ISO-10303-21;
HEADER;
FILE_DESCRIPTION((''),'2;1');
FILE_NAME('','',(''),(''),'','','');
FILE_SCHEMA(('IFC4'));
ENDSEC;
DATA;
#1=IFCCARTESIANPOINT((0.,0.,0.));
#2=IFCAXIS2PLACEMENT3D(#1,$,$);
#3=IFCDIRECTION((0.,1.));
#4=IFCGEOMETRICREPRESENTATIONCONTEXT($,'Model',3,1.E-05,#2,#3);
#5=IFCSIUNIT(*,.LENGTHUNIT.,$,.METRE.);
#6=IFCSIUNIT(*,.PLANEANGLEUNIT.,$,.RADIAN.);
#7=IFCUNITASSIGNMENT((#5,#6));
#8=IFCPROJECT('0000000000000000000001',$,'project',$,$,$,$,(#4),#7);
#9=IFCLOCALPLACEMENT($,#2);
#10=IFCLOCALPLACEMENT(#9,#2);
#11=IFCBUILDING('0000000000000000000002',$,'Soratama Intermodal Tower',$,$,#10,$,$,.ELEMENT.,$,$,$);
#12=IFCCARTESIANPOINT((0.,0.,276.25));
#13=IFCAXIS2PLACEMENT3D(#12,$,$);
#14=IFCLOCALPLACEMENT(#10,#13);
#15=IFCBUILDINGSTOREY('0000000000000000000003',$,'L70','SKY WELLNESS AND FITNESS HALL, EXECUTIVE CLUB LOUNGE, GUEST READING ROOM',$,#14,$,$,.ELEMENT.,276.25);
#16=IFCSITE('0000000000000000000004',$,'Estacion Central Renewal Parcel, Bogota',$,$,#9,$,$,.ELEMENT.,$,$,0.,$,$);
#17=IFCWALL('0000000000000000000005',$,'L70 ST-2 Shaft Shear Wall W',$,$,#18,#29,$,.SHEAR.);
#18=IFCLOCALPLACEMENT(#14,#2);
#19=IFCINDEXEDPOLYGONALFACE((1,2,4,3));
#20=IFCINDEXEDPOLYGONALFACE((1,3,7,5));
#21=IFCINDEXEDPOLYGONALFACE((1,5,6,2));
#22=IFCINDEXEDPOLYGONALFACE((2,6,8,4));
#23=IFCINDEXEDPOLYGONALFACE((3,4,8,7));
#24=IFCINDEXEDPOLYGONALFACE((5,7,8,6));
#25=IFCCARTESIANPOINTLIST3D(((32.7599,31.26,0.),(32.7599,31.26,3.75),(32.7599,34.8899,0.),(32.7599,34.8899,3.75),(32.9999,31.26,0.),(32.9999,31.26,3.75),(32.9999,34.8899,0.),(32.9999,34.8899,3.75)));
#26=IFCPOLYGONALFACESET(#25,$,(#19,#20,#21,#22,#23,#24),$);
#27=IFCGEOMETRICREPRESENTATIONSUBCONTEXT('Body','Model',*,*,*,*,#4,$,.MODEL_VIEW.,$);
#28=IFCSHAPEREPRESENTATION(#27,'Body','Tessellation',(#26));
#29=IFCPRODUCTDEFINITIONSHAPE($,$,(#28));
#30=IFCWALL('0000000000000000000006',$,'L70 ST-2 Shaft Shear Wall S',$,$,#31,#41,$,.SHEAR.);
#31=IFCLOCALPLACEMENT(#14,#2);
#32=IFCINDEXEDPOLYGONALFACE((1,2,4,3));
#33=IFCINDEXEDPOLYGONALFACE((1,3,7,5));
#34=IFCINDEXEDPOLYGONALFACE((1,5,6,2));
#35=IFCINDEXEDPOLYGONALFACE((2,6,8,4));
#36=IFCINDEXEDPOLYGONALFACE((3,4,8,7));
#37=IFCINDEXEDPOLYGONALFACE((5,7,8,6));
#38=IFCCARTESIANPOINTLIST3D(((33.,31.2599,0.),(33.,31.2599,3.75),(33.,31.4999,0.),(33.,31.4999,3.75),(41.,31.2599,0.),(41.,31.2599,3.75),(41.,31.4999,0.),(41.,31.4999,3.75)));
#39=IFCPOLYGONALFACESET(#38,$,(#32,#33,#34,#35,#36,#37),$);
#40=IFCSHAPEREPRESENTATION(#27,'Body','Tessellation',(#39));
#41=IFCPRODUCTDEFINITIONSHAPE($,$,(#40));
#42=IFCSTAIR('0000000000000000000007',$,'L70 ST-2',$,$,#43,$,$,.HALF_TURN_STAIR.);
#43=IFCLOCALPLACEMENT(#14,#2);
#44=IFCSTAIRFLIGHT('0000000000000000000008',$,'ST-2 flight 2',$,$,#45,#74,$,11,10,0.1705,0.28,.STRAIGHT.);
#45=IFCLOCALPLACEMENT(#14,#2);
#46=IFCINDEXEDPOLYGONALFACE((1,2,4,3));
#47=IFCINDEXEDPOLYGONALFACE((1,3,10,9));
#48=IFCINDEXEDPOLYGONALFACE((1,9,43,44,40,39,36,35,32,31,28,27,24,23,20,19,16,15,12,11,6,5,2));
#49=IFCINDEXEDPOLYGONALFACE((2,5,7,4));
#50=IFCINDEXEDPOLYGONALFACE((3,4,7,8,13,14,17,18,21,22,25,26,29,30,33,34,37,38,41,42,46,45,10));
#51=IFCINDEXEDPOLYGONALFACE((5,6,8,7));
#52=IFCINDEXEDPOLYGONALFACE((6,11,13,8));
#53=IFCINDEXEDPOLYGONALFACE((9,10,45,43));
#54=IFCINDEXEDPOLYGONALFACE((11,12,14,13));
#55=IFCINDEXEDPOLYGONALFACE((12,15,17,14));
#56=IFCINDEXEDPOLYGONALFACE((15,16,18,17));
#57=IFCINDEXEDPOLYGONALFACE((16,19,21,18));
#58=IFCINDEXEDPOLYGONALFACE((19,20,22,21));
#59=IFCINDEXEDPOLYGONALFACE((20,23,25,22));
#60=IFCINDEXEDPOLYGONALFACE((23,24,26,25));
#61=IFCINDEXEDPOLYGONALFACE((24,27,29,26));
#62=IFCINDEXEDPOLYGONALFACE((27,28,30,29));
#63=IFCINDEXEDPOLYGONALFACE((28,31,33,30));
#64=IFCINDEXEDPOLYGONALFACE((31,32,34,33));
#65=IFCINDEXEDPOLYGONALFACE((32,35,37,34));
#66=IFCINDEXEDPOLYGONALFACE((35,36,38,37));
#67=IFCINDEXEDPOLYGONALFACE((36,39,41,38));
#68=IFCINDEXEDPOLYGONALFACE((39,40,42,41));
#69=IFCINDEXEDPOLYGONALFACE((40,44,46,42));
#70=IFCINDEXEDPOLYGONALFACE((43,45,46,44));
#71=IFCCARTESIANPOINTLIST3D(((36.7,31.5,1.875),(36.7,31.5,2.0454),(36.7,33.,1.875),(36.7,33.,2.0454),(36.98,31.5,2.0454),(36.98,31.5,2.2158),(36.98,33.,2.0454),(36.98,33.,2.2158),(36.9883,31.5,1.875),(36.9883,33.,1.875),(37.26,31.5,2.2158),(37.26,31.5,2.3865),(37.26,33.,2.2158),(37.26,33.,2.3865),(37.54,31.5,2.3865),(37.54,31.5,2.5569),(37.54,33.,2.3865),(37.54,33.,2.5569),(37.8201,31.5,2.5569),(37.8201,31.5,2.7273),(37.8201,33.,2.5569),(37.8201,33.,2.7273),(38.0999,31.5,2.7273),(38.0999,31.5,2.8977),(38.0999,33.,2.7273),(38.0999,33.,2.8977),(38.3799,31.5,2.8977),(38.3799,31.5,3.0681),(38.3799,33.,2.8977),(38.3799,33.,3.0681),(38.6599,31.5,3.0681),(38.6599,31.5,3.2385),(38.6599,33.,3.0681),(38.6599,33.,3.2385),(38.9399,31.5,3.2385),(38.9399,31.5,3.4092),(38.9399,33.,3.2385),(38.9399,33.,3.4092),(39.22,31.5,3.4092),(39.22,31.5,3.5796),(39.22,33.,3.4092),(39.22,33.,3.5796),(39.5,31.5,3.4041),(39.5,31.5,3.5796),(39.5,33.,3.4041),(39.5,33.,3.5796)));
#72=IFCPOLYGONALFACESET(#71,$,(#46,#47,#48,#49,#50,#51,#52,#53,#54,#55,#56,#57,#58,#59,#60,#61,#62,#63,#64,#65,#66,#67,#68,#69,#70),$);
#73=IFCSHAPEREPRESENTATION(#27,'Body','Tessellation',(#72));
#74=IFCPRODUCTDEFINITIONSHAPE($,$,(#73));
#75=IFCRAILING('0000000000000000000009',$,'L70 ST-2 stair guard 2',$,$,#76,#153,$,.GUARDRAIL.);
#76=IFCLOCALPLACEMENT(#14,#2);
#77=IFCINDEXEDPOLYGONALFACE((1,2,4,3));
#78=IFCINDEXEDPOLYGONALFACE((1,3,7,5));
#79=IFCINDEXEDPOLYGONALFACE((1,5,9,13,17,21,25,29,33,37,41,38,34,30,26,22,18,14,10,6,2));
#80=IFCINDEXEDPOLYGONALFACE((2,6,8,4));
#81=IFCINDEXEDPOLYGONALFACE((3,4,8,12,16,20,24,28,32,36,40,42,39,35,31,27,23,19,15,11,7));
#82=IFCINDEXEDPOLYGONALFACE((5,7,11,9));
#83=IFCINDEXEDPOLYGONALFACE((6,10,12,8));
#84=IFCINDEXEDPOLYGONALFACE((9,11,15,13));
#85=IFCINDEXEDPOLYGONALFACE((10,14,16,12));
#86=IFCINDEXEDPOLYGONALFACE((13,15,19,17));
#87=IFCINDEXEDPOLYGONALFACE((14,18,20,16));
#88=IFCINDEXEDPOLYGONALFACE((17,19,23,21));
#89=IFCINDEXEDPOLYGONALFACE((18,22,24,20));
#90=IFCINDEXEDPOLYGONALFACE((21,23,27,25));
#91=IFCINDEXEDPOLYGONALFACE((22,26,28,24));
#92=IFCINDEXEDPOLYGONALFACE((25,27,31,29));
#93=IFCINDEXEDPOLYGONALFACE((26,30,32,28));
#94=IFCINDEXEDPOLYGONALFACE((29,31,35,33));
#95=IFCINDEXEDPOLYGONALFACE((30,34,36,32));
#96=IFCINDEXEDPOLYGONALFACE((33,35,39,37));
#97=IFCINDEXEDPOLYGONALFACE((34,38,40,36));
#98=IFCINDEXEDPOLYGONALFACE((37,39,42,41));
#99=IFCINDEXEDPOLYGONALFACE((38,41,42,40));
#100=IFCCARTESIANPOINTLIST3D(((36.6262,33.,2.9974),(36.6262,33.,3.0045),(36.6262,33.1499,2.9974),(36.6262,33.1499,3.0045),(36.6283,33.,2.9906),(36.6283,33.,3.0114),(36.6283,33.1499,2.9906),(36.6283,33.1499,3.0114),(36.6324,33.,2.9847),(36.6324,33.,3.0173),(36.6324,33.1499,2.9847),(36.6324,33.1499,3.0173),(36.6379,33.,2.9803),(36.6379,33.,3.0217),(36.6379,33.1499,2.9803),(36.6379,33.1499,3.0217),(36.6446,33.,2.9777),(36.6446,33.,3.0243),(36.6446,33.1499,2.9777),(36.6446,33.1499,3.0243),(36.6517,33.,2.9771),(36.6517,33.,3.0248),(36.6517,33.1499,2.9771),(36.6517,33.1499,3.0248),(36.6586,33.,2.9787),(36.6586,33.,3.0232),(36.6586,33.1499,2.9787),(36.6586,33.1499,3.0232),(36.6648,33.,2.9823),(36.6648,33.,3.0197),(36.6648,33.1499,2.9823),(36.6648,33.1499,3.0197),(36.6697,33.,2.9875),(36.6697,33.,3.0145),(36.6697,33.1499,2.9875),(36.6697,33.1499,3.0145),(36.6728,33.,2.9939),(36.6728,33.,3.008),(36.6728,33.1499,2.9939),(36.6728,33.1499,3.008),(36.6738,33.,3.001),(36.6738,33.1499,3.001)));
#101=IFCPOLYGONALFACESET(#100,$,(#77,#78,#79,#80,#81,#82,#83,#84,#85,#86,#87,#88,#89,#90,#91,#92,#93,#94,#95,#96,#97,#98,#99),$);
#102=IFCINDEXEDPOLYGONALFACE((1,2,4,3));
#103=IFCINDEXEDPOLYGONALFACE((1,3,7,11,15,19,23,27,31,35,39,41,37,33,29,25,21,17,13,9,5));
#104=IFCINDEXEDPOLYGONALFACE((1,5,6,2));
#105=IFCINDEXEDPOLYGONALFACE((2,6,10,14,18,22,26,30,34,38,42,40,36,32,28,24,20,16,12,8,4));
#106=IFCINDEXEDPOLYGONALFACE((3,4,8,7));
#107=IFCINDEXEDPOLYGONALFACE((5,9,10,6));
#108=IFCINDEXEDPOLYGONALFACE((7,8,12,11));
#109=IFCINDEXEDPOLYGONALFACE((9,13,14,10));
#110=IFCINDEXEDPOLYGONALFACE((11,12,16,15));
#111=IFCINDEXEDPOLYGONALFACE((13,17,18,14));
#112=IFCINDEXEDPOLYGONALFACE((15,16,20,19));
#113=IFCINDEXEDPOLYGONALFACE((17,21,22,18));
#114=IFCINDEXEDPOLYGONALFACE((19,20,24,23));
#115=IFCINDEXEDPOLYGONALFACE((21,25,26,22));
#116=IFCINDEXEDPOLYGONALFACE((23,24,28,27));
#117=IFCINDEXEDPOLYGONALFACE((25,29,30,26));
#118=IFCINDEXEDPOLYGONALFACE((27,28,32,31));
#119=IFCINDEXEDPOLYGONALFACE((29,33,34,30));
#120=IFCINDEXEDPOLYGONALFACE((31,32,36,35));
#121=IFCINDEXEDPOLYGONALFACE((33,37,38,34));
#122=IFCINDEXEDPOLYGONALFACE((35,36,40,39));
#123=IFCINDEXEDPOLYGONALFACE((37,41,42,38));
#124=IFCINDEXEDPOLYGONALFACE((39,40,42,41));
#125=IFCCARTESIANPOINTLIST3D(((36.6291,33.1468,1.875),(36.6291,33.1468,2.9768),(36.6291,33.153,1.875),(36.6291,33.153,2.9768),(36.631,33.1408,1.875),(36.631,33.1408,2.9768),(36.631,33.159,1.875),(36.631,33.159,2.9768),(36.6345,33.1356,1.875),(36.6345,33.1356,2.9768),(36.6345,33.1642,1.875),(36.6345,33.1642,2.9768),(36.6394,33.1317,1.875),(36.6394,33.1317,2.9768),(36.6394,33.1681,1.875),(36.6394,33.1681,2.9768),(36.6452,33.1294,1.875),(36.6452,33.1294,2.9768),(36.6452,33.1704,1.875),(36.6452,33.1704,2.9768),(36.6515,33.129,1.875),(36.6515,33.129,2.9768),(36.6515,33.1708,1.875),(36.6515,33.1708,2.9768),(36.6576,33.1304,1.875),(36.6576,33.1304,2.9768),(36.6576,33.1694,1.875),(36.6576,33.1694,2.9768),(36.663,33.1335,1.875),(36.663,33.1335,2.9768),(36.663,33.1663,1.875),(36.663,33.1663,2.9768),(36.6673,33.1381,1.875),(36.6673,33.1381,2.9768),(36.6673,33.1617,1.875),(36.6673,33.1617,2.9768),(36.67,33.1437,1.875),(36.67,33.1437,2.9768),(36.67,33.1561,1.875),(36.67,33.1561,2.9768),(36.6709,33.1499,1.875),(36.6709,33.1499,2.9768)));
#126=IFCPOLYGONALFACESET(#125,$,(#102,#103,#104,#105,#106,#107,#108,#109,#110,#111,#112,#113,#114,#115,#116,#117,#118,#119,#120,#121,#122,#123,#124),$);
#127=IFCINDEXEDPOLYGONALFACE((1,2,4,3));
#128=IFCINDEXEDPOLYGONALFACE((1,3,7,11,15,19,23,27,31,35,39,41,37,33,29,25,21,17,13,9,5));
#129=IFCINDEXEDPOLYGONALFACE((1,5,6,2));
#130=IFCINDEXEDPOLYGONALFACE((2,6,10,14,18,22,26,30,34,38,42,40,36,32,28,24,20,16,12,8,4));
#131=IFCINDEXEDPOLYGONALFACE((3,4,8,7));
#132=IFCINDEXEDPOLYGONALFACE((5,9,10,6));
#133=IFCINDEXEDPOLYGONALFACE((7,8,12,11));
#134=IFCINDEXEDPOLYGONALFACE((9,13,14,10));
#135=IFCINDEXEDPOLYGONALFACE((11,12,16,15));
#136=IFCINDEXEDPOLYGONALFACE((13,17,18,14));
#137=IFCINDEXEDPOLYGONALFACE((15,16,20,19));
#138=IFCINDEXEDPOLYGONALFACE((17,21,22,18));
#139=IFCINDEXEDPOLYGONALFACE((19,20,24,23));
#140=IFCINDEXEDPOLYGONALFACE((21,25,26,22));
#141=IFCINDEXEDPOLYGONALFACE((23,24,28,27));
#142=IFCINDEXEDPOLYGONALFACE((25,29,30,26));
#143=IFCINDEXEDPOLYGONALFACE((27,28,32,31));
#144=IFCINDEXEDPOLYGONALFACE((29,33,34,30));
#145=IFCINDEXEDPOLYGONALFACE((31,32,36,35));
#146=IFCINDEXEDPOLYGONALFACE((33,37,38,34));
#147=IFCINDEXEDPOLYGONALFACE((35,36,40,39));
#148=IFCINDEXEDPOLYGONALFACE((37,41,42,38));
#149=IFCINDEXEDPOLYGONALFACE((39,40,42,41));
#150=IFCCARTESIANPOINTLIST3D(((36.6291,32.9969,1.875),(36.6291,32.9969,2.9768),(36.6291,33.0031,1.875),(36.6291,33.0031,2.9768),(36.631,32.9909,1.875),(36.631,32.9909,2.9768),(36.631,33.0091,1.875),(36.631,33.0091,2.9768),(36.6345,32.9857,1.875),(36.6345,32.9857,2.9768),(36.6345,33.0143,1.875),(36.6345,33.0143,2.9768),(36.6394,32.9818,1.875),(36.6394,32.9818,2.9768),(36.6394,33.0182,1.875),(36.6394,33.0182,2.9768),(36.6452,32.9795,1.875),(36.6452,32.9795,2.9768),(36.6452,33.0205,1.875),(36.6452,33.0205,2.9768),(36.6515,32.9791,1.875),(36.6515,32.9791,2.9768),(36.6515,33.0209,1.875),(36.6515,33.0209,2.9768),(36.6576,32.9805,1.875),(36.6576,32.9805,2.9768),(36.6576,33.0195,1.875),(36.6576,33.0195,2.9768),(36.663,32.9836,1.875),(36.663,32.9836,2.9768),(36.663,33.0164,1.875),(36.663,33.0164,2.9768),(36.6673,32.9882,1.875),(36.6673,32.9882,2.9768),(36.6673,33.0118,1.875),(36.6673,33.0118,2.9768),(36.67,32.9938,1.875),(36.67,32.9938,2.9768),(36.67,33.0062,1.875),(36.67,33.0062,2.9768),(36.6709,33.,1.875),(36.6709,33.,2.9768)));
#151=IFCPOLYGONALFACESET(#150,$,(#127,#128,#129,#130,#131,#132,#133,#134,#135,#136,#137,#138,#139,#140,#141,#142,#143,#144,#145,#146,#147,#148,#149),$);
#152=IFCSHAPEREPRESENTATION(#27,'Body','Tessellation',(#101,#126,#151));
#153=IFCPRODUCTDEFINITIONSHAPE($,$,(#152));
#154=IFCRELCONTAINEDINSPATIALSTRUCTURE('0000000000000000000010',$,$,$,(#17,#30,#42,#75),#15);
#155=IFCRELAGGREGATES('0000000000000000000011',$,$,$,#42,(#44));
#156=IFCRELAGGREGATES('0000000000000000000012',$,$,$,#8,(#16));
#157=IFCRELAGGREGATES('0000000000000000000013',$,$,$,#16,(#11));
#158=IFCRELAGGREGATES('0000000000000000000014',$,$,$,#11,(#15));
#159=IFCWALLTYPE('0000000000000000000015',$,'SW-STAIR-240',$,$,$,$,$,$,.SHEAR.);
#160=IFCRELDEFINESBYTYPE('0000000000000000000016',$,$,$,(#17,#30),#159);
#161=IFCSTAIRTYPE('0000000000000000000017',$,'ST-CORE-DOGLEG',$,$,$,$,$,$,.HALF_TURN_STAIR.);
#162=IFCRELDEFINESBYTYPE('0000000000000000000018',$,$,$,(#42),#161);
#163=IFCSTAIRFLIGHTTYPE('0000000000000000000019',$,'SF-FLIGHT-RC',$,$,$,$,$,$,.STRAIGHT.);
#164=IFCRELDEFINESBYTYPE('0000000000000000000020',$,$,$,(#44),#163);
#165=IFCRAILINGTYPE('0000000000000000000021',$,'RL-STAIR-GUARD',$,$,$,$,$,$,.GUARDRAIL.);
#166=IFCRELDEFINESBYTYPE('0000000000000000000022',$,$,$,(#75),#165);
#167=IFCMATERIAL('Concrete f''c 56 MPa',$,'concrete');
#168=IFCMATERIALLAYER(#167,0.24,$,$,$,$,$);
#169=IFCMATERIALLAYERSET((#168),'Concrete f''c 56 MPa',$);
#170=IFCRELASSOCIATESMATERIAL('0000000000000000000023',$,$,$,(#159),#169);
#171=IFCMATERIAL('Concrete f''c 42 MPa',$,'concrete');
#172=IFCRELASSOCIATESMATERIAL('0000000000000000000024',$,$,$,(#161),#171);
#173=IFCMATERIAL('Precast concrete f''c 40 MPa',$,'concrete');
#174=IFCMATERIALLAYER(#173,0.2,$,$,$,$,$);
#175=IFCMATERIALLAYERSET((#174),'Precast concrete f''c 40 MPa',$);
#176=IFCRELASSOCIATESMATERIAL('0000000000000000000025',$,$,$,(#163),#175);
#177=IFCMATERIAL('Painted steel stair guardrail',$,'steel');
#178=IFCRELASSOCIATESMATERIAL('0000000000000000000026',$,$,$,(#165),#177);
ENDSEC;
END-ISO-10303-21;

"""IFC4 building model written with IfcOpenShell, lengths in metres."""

from ifc_helpers import new_model, si_unit, direction, frame, frame_2d, origin, origin_2d, place, context, subcontext, project, spatial, polyline, rectangle, circle, outline, extrude, material, layer, layer_set, type_object, element, aggregate, save


model = new_model("IFC4")

# Units and contexts
model_context = context("Model", 3, precision=1e-05, world=origin(), true_north=direction((0.0, 1.0)))
body_context = subcontext(model_context, "Body", "Model", "MODEL_VIEW")
ifc_project = project(units=[si_unit("LENGTHUNIT", "METRE"), si_unit("PLANEANGLEUNIT", "RADIAN")], contexts=[model_context])

# Site, building, storey
site_placement = place(None, origin())
site = spatial("IfcSite", under=ifc_project, at=site_placement, Name="Estacion Central Renewal Parcel, Bogota", CompositionType="ELEMENT", RefElevation=0.0)
building_placement = place(site_placement, origin())
building = spatial("IfcBuilding", under=site, at=building_placement, Name="Soratama Intermodal Tower", CompositionType="ELEMENT")
storey_placement = place(building_placement, frame((0.0, 0.0, 276.25)))
storey = spatial("IfcBuildingStorey", under=building, at=storey_placement, Name="L70", Description="SKY WELLNESS AND FITNESS HALL, EXECUTIVE CLUB LOUNGE, GUEST READING ROOM", CompositionType="ELEMENT", Elevation=276.25)

# Walls
ifc_material_1 = material(Name="Concrete f'c 56 MPa", Category="concrete")
ifc_layer_1 = layer(ifc_material_1, 0.24)
ifc_layer_set_1 = layer_set([ifc_layer_1], Name="Concrete f'c 56 MPa")
wall_type_1 = type_object("IfcWallType", Name="SW-STAIR-240", PredefinedType="SHEAR", material=ifc_layer_set_1)
wall_1_placement = place(storey_placement, frame((32.8799, 31.26, 0.0), z_axis=(0.0, 0.0, 1.0), x_axis=(0.0, 1.0, 0.0)))
element("IfcWall", 1, at=wall_1_placement, inside=storey, type_object=wall_type_1, Name="L70 ST-2 Shaft Shear Wall W", PredefinedType="SHEAR", context=body_context, shape_type="SweptSolid", body=[
    extrude(rectangle(XDim=3.6299, YDim=0.24, at=frame_2d((1.8149, 0.0))), origin(), (0.0, 0.0, 1.0), 3.75),
])
wall_2_placement = place(storey_placement, frame((33.0, 31.3799, 0.0), z_axis=(0.0, 0.0, 1.0), x_axis=(1.0, 0.0, 0.0)))
element("IfcWall", 2, at=wall_2_placement, inside=storey, type_object=wall_type_1, Name="L70 ST-2 Shaft Shear Wall S", PredefinedType="SHEAR", context=body_context, shape_type="SweptSolid", body=[
    extrude(rectangle(XDim=8.0, YDim=0.24, at=frame_2d((4.0, 0.0))), origin(), (0.0, 0.0, 1.0), 3.75),
])

# Stair, stair flight
ifc_material_2 = material(Name="Concrete f'c 42 MPa", Category="concrete")
stair_type = type_object("IfcStairType", Name="ST-CORE-DOGLEG", PredefinedType="HALF_TURN_STAIR", material=ifc_material_2)
stair_placement = place(storey_placement, origin())
stair = element("IfcStair", 3, at=stair_placement, inside=storey, type_object=stair_type, Name="L70 ST-2", PredefinedType="HALF_TURN_STAIR")
ifc_material_3 = material(Name="Precast concrete f'c 40 MPa", Category="concrete")
ifc_layer_2 = layer(ifc_material_3, 0.2)
ifc_layer_set_2 = layer_set([ifc_layer_2], Name="Precast concrete f'c 40 MPa")
stair_flight_type = type_object("IfcStairFlightType", Name="SF-FLIGHT-RC", PredefinedType="STRAIGHT", material=ifc_layer_set_2)
stair_flight_placement = place(storey_placement, frame((36.7, 32.25, 1.875), z_axis=(0.0, 0.0, 1.0), x_axis=(1.0, 0.0, 0.0)))
stair_flight = element("IfcStairFlight", 4, at=stair_flight_placement, type_object=stair_flight_type, Name="ST-2 flight 2", NumberOfRisers=11, NumberOfTreads=10, PredefinedType="STRAIGHT", RiserHeight=0.1705, TreadLength=0.28, context=body_context, shape_type="SweptSolid", body=[
    extrude(outline(polyline([(0.0, 0.0), (0.0, 0.1704), (0.28, 0.1704), (0.28, 0.3408), (0.5601, 0.3408), (0.5601, 0.5115), (0.8401, 0.5115), (0.8401, 0.6819), (1.1201, 0.6819), (1.1201, 0.8523), (1.3999, 0.8523), (1.3999, 1.0227), (1.6799, 1.0227), (1.6799, 1.1931), (1.96, 1.1931), (1.96, 1.3635), (2.24, 1.3635), (2.24, 1.5342), (2.52, 1.5342), (2.52, 1.7046), (2.8, 1.7046), (2.8, 1.875), (2.8, 1.5291), (0.2883, 0.0), (0.0, 0.0)])), frame((0.0, 0.75, 0.0), z_axis=(0.0, -1.0, 0.0), x_axis=(1.0, 0.0, 0.0)), (0.0, 0.0, 1.0), 1.5),
])
aggregate(stair, [stair_flight])

# Railing
ifc_material_4 = material(Name="Painted steel stair guardrail", Category="steel")
railing_type_1 = type_object("IfcRailingType", Name="RL-STAIR-GUARD", PredefinedType="GUARDRAIL", material=ifc_material_4)
railing_1_placement = place(storey_placement, frame((36.6499, 33.1499, 1.875)))
element("IfcRailing", 5, at=railing_1_placement, inside=storey, type_object=railing_type_1, Name="L70 ST-2 stair guard 2", PredefinedType="GUARDRAIL", context=body_context, shape_type="SweptSolid", body=[
    extrude(circle(Radius=0.0239, at=origin_2d()), frame((0.0, 0.0, 1.126), z_axis=(0.0, -1.0, 0.0), x_axis=(1.0, 0.0, 0.0)), (0.0, 0.0, 1.0), 0.1499),
    extrude(circle(Radius=0.021, at=origin_2d()), origin(), (0.0, 0.0, 1.0), 1.1018),
    extrude(circle(Radius=0.021, at=origin_2d()), frame((0.0, -0.1499, 0.0)), (0.0, 0.0, 1.0), 1.1018),
])

save(model, "model.ifc")
